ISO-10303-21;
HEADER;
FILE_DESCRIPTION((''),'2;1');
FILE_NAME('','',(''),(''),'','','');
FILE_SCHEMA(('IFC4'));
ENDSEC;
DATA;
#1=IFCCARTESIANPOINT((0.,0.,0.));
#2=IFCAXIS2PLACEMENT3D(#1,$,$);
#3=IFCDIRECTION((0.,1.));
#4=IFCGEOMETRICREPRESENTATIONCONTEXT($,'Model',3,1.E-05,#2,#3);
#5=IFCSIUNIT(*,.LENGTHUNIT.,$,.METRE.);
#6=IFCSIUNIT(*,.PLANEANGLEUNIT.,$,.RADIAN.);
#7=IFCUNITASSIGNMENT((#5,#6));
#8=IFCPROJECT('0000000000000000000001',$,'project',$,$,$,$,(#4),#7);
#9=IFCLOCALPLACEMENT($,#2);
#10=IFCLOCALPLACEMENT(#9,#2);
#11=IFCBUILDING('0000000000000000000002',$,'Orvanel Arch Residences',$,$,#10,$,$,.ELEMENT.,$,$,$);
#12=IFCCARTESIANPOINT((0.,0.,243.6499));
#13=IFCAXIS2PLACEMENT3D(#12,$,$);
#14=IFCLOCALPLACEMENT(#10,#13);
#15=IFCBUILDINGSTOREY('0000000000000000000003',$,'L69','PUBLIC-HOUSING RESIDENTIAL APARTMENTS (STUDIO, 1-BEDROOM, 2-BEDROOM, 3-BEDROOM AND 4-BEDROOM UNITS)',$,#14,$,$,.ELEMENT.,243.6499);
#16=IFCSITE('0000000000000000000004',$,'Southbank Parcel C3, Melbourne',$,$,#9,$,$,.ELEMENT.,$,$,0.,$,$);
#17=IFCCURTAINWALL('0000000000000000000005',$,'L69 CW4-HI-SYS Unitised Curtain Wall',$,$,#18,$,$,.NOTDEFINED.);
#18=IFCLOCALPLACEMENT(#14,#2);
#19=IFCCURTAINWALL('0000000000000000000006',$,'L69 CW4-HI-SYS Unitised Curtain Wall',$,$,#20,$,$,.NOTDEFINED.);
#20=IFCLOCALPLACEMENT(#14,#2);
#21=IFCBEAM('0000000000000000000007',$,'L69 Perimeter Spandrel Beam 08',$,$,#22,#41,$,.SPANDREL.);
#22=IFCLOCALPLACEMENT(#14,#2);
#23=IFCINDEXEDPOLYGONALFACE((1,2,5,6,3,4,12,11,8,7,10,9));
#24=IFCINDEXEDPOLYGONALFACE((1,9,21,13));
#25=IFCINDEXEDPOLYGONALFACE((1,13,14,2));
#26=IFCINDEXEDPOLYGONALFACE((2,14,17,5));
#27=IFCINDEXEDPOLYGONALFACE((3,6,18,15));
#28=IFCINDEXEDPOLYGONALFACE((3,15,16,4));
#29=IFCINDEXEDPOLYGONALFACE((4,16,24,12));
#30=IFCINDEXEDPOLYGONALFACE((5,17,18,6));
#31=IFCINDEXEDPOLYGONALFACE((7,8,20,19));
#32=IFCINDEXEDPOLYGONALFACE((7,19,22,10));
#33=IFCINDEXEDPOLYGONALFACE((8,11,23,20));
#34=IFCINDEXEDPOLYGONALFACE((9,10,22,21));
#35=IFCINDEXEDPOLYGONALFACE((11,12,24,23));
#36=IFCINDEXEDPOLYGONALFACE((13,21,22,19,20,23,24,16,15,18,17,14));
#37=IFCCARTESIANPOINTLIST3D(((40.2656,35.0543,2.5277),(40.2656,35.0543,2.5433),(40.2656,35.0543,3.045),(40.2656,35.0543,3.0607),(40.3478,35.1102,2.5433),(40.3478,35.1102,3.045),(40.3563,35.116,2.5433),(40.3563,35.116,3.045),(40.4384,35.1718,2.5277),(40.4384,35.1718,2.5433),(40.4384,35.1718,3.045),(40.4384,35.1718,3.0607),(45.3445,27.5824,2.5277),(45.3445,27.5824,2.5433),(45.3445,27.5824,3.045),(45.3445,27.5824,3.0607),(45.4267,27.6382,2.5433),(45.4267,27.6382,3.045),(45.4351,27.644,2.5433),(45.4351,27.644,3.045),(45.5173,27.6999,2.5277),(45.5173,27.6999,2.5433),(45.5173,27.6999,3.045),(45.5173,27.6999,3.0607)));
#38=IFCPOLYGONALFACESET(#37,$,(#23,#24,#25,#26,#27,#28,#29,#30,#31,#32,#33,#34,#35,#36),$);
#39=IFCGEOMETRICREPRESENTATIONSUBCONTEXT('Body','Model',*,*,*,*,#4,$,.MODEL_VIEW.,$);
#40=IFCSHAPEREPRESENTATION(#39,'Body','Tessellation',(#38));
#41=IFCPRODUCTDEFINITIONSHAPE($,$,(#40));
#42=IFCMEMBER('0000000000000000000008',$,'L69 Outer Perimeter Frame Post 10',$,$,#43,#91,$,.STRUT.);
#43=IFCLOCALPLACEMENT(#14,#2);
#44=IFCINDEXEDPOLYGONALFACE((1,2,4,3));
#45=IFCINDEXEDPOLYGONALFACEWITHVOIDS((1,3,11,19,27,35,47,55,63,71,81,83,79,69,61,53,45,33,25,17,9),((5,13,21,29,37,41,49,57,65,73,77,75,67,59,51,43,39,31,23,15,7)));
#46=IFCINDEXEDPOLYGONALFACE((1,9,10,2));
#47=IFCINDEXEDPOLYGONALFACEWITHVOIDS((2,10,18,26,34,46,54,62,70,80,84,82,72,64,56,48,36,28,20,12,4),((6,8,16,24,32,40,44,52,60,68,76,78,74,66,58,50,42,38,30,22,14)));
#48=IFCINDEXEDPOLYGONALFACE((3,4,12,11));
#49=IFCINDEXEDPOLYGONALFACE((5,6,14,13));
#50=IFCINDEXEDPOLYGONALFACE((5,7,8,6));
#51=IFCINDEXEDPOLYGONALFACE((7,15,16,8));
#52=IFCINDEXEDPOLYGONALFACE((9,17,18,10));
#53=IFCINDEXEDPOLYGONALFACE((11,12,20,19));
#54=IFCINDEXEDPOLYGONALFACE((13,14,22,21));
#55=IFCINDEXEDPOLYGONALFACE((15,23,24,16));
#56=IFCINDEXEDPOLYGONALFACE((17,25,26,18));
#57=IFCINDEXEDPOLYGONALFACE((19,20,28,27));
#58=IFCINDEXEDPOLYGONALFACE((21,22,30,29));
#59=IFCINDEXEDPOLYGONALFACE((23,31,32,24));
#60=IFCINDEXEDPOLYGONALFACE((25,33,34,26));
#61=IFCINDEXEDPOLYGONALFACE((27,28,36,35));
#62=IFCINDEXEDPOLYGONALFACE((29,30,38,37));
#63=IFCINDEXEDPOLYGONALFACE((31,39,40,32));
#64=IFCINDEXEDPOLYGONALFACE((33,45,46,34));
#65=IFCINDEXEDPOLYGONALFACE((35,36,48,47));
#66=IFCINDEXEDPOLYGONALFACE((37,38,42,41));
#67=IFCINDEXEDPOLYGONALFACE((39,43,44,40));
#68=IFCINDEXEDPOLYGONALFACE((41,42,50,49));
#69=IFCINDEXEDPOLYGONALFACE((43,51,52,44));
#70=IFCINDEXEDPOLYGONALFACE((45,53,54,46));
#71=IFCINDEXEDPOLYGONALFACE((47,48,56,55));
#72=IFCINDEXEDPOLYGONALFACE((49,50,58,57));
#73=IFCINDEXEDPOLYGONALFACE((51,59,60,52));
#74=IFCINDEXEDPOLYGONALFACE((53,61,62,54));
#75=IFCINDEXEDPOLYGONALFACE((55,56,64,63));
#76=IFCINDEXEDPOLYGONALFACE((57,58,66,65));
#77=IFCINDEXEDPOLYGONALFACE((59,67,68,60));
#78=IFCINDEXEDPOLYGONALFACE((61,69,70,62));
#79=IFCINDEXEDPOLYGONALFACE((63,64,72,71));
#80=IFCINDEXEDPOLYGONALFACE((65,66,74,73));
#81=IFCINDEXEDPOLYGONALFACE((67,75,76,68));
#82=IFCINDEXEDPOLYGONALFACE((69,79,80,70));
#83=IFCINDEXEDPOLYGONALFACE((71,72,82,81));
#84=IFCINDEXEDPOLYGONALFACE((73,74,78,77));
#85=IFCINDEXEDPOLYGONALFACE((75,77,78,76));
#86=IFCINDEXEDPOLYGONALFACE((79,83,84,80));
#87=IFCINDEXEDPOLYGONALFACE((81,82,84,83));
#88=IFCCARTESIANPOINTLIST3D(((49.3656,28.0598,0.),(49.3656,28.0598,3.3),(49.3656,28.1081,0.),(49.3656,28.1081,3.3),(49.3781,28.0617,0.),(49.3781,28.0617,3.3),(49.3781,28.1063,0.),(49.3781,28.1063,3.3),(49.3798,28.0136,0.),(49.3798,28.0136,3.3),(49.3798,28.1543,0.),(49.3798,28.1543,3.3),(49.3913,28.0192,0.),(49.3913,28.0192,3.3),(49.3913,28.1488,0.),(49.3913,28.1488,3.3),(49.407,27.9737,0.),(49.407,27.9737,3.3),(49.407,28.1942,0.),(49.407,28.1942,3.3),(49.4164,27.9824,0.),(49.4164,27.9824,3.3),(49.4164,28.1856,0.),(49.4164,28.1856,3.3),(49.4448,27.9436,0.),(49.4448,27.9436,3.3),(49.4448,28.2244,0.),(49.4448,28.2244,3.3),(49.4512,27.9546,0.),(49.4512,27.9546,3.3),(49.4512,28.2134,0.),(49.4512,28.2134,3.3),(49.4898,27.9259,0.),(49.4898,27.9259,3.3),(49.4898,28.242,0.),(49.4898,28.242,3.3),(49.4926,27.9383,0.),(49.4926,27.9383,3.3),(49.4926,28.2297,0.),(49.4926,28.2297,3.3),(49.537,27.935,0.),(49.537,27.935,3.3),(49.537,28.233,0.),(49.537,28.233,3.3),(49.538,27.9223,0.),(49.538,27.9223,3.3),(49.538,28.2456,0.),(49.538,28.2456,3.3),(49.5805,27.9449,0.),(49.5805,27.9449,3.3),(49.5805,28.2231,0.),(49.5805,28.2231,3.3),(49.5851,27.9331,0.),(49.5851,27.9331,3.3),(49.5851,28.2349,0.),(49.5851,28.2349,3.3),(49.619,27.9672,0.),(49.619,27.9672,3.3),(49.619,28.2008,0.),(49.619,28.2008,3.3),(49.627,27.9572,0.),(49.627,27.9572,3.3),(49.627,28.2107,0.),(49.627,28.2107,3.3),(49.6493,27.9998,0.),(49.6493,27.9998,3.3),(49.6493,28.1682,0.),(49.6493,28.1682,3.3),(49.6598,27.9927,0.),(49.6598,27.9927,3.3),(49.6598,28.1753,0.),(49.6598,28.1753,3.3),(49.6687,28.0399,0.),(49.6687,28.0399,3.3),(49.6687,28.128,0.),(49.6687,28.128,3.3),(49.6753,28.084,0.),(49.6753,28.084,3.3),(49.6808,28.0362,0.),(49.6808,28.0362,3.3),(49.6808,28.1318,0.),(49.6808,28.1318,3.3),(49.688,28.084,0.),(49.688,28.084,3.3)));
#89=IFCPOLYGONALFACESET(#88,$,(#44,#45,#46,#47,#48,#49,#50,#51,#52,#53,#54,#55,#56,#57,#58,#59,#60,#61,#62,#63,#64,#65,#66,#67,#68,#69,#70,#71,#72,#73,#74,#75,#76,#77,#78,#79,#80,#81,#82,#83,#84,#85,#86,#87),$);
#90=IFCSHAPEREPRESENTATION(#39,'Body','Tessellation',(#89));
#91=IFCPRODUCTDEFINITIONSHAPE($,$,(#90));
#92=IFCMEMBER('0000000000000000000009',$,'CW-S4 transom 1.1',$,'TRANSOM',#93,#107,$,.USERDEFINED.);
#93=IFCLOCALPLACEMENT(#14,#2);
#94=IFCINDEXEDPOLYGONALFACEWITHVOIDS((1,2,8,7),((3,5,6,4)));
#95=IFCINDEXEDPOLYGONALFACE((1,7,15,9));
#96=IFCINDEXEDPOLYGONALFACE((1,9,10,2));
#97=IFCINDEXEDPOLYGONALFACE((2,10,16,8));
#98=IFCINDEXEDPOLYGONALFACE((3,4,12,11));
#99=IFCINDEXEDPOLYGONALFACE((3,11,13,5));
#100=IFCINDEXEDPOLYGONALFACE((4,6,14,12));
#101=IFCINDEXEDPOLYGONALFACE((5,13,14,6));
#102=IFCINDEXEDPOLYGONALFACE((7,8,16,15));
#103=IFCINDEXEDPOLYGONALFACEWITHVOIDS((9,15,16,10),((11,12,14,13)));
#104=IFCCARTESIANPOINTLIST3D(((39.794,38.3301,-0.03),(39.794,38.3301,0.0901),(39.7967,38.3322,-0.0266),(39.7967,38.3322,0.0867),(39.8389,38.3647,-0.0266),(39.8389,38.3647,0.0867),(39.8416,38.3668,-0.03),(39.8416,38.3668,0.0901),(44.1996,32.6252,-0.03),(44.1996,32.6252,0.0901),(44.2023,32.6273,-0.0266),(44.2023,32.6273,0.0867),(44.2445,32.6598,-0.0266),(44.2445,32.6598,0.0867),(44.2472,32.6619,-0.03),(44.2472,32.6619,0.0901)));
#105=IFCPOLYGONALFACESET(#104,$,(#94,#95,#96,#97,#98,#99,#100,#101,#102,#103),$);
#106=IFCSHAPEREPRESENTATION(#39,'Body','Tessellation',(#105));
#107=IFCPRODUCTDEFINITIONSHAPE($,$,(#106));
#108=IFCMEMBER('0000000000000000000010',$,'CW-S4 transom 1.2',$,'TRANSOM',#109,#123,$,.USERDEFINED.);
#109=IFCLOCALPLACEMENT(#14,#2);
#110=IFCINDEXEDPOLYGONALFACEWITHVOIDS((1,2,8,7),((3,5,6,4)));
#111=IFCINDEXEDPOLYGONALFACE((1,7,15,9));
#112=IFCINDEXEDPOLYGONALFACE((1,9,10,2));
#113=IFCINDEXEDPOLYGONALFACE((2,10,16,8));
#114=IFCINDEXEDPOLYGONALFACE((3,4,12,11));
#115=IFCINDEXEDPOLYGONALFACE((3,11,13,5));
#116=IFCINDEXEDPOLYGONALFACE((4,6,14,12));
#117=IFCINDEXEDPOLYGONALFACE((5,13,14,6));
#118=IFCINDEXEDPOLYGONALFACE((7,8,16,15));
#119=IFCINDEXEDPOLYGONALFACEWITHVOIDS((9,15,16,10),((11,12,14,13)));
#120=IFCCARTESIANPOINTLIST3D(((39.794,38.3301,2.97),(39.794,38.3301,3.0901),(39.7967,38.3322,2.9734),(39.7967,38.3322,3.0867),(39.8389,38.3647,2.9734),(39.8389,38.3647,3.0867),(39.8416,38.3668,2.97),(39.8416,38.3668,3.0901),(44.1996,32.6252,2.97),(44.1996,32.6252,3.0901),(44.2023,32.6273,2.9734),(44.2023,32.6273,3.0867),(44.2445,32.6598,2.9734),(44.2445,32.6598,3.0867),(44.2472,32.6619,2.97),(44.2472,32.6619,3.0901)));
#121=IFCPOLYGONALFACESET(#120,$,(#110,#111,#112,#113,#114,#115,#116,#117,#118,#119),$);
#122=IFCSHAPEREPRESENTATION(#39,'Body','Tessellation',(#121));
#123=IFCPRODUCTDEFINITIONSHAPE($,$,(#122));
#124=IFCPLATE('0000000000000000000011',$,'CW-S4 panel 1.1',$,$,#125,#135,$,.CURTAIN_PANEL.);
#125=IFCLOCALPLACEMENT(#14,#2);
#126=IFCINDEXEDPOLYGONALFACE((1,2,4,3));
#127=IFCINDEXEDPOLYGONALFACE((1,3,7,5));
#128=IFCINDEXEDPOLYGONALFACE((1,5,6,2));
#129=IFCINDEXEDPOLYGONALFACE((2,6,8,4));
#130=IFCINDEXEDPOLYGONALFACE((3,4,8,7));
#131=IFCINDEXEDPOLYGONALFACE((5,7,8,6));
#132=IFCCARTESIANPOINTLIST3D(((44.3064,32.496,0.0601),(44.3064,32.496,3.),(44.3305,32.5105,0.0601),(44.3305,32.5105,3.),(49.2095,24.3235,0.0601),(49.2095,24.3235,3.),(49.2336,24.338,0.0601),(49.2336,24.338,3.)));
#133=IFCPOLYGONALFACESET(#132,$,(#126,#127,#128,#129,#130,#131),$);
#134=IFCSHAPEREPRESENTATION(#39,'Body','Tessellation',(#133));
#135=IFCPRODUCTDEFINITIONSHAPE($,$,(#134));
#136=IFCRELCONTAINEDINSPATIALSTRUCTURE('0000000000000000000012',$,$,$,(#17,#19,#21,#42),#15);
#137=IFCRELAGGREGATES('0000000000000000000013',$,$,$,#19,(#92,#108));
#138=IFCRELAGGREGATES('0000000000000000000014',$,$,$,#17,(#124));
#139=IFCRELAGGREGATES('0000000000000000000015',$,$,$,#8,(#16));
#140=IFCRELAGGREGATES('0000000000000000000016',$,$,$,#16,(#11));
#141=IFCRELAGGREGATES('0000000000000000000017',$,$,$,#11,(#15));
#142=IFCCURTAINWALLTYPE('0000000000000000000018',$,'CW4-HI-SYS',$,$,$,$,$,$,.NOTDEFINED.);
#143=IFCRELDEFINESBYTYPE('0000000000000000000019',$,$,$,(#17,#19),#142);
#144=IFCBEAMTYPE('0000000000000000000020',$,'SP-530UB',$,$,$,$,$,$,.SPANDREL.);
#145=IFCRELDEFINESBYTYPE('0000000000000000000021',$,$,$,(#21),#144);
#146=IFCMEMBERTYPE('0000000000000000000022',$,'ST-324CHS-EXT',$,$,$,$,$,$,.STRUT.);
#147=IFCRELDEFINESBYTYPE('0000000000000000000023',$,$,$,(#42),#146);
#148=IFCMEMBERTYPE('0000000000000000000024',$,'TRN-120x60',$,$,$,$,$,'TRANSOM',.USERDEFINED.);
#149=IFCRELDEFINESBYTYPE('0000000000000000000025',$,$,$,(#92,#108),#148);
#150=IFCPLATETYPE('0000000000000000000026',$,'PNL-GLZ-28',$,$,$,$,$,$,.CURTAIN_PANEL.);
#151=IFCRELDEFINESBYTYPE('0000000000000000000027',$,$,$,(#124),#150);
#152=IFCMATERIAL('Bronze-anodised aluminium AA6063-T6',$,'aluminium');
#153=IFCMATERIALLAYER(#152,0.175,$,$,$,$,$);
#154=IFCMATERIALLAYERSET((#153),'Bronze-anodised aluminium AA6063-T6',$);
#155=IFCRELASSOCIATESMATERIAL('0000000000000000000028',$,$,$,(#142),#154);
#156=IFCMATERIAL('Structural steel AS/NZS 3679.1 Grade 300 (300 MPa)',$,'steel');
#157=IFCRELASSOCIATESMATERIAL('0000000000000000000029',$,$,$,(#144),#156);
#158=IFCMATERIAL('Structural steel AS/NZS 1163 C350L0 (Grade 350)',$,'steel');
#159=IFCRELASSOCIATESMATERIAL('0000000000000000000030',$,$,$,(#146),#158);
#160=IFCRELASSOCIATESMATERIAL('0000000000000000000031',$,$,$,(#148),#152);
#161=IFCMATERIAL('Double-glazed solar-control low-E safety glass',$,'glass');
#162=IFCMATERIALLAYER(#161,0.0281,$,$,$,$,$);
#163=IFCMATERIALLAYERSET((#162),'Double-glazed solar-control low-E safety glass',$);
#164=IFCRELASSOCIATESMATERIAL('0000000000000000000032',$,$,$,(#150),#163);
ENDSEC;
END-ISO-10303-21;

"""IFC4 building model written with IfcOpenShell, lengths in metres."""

from ifc_helpers import new_model, si_unit, direction, frame, origin, origin_2d, place, context, subcontext, project, spatial, rectangle, hollow_rectangle, hollow_circle, i_section, extrude, material, layer, layer_set, material_profile, profile_set, type_object, element, aggregate, save


model = new_model("IFC4")

# Units and contexts
model_context = context("Model", 3, precision=1e-05, world=origin(), true_north=direction((0.0, 1.0)))
body_context = subcontext(model_context, "Body", "Model", "MODEL_VIEW")
ifc_project = project(units=[si_unit("LENGTHUNIT", "METRE"), si_unit("PLANEANGLEUNIT", "RADIAN")], contexts=[model_context])

# Site, building, storey
site_placement = place(None, origin())
site = spatial("IfcSite", under=ifc_project, at=site_placement, Name="Southbank Parcel C3, Melbourne", CompositionType="ELEMENT", RefElevation=0.0)
building_placement = place(site_placement, origin())
building = spatial("IfcBuilding", under=site, at=building_placement, Name="Orvanel Arch Residences", CompositionType="ELEMENT")
storey_placement = place(building_placement, frame((0.0, 0.0, 243.6499)))
storey = spatial("IfcBuildingStorey", under=building, at=storey_placement, Name="L69", Description="PUBLIC-HOUSING RESIDENTIAL APARTMENTS (STUDIO, 1-BEDROOM, 2-BEDROOM, 3-BEDROOM AND 4-BEDROOM UNITS)", CompositionType="ELEMENT", Elevation=243.6499)

# Shared definitions
ifc_material_1 = material(Name="Structural steel AS/NZS 1163 C350L0 (Grade 350)", Category="steel")

# Shared definitions
ifc_material_2 = material(Name="Structural steel AS/NZS 3679.1 Grade 300 (300 MPa)", Category="steel")

# Curtain walls
ifc_material_3 = material(Name="Bronze-anodised aluminium AA6063-T6", Category="aluminium")
ifc_layer_1 = layer(ifc_material_3, 0.175)
ifc_layer_set_1 = layer_set([ifc_layer_1], Name="Bronze-anodised aluminium AA6063-T6")
curtain_wall_type = type_object("IfcCurtainWallType", Name="CW4-HI-SYS", PredefinedType="NOTDEFINED", material=ifc_layer_set_1)
curtain_wall_1_placement = place(storey_placement, origin())
curtain_wall_1 = element("IfcCurtainWall", 1, at=curtain_wall_1_placement, inside=storey, type_object=curtain_wall_type, Name="L69 CW4-HI-SYS Unitised Curtain Wall", PredefinedType="NOTDEFINED")
curtain_wall_2_placement = place(storey_placement, origin())
curtain_wall_2 = element("IfcCurtainWall", 2, at=curtain_wall_2_placement, inside=storey, type_object=curtain_wall_type, Name="L69 CW4-HI-SYS Unitised Curtain Wall", PredefinedType="NOTDEFINED")

# Beam
ifc_material_profile_1 = material_profile(ifc_material_2, i_section(OverallWidth=0.209, OverallDepth=0.533, WebThickness=0.0103, FlangeThickness=0.0156, at=origin_2d()), Name="530UB92.4")
ifc_profile_set_1 = profile_set([ifc_material_profile_1], Name="Structural steel AS/NZS 3679.1 Grade 300 (300 MPa)")
beam_type_1 = type_object("IfcBeamType", Name="SP-530UB", PredefinedType="SPANDREL", material=ifc_profile_set_1)
beam_1_placement = place(storey_placement, frame((45.4309, 27.6411, 2.7942), z_axis=(-0.562155, 0.827032, 0.0), x_axis=(-0.827032, -0.562155, 0.0)))
element("IfcBeam", 3, at=beam_1_placement, inside=storey, type_object=beam_type_1, Name="L69 Perimeter Spandrel Beam 08", PredefinedType="SPANDREL", context=body_context, shape_type="SweptSolid", body=[
    extrude(i_section(OverallWidth=0.209, OverallDepth=0.533, WebThickness=0.0103, FlangeThickness=0.0156, at=origin_2d()), origin(), (0.0, 0.0, 1.0), 9.0347),
])

# Members
ifc_material_profile_2 = material_profile(ifc_material_1, hollow_circle(Radius=0.1621, WallThickness=0.0127, at=origin_2d()), Name="CHS324x12.7")
ifc_profile_set_2 = profile_set([ifc_material_profile_2], Name="Structural steel AS/NZS 1163 C350L0 (Grade 350)")
member_type_1 = type_object("IfcMemberType", Name="ST-324CHS-EXT", PredefinedType="STRUT", material=ifc_profile_set_2)
member_1_placement = place(storey_placement, frame((49.5259, 28.084, 0.0), z_axis=(0.0, 0.0, 1.0), x_axis=(1.0, 0.0, 0.0)))
element("IfcMember", 4, at=member_1_placement, inside=storey, type_object=member_type_1, Name="L69 Outer Perimeter Frame Post 10", PredefinedType="STRUT", context=body_context, shape_type="SweptSolid", body=[
    extrude(hollow_circle(Radius=0.1621, WallThickness=0.0127, at=origin_2d()), origin(), (0.0, 0.0, 1.0), 3.3),
])
ifc_material_profile_3 = material_profile(ifc_material_3, hollow_rectangle(XDim=0.0601, YDim=0.1201, WallThickness=0.0034, at=origin_2d()), Name="ALU120x60x3.5")
ifc_profile_set_3 = profile_set([ifc_material_profile_3], Name="Bronze-anodised aluminium AA6063-T6")
member_type_2 = type_object("IfcMemberType", Name="TRN-120x60", ElementType="TRANSOM", PredefinedType="USERDEFINED", material=ifc_profile_set_3)
member_2_placement = place(storey_placement, frame((44.2234, 32.6436, 0.03), z_axis=(-0.611207, 0.79147, 0.0), x_axis=(-0.79147, -0.611207, 0.0)))
member_2 = element("IfcMember", 5, at=member_2_placement, type_object=member_type_2, Name="CW-S4 transom 1.1", ObjectType="TRANSOM", PredefinedType="USERDEFINED", context=body_context, shape_type="SweptSolid", body=[
    extrude(hollow_rectangle(XDim=0.0601, YDim=0.1201, WallThickness=0.0034, at=origin_2d()), origin(), (0.0, 0.0, 1.0), 7.208),
])
member_3_placement = place(storey_placement, frame((44.2234, 32.6436, 3.03), z_axis=(-0.611207, 0.79147, 0.0), x_axis=(-0.79147, -0.611207, 0.0)))
member_3 = element("IfcMember", 6, at=member_3_placement, type_object=member_type_2, Name="CW-S4 transom 1.2", ObjectType="TRANSOM", PredefinedType="USERDEFINED", context=body_context, shape_type="SweptSolid", body=[
    extrude(hollow_rectangle(XDim=0.0601, YDim=0.1201, WallThickness=0.0034, at=origin_2d()), origin(), (0.0, 0.0, 1.0), 7.208),
])
aggregate(curtain_wall_2, [member_2, member_3])

# Plate
ifc_material_4 = material(Name="Double-glazed solar-control low-E safety glass", Category="glass")
ifc_layer_2 = layer(ifc_material_4, 0.0281)
ifc_layer_set_2 = layer_set([ifc_layer_2], Name="Double-glazed solar-control low-E safety glass")
plate_type = type_object("IfcPlateType", Name="PNL-GLZ-28", PredefinedType="CURTAIN_PANEL", material=ifc_layer_set_2)
plate_placement = place(storey_placement, frame((46.77, 28.417, 0.0601), z_axis=(0.0, 0.0, 1.0), x_axis=(-0.514465, 0.857511, 0.0)))
plate = element("IfcPlate", 7, at=plate_placement, type_object=plate_type, Name="CW-S4 panel 1.1", PredefinedType="CURTAIN_PANEL", context=body_context, shape_type="SweptSolid", body=[
    extrude(rectangle(XDim=9.5305, YDim=0.0281, at=origin_2d()), origin(), (0.0, 0.0, 1.0), 2.9399),
])
aggregate(curtain_wall_1, [plate])

save(model, "model.ifc")
